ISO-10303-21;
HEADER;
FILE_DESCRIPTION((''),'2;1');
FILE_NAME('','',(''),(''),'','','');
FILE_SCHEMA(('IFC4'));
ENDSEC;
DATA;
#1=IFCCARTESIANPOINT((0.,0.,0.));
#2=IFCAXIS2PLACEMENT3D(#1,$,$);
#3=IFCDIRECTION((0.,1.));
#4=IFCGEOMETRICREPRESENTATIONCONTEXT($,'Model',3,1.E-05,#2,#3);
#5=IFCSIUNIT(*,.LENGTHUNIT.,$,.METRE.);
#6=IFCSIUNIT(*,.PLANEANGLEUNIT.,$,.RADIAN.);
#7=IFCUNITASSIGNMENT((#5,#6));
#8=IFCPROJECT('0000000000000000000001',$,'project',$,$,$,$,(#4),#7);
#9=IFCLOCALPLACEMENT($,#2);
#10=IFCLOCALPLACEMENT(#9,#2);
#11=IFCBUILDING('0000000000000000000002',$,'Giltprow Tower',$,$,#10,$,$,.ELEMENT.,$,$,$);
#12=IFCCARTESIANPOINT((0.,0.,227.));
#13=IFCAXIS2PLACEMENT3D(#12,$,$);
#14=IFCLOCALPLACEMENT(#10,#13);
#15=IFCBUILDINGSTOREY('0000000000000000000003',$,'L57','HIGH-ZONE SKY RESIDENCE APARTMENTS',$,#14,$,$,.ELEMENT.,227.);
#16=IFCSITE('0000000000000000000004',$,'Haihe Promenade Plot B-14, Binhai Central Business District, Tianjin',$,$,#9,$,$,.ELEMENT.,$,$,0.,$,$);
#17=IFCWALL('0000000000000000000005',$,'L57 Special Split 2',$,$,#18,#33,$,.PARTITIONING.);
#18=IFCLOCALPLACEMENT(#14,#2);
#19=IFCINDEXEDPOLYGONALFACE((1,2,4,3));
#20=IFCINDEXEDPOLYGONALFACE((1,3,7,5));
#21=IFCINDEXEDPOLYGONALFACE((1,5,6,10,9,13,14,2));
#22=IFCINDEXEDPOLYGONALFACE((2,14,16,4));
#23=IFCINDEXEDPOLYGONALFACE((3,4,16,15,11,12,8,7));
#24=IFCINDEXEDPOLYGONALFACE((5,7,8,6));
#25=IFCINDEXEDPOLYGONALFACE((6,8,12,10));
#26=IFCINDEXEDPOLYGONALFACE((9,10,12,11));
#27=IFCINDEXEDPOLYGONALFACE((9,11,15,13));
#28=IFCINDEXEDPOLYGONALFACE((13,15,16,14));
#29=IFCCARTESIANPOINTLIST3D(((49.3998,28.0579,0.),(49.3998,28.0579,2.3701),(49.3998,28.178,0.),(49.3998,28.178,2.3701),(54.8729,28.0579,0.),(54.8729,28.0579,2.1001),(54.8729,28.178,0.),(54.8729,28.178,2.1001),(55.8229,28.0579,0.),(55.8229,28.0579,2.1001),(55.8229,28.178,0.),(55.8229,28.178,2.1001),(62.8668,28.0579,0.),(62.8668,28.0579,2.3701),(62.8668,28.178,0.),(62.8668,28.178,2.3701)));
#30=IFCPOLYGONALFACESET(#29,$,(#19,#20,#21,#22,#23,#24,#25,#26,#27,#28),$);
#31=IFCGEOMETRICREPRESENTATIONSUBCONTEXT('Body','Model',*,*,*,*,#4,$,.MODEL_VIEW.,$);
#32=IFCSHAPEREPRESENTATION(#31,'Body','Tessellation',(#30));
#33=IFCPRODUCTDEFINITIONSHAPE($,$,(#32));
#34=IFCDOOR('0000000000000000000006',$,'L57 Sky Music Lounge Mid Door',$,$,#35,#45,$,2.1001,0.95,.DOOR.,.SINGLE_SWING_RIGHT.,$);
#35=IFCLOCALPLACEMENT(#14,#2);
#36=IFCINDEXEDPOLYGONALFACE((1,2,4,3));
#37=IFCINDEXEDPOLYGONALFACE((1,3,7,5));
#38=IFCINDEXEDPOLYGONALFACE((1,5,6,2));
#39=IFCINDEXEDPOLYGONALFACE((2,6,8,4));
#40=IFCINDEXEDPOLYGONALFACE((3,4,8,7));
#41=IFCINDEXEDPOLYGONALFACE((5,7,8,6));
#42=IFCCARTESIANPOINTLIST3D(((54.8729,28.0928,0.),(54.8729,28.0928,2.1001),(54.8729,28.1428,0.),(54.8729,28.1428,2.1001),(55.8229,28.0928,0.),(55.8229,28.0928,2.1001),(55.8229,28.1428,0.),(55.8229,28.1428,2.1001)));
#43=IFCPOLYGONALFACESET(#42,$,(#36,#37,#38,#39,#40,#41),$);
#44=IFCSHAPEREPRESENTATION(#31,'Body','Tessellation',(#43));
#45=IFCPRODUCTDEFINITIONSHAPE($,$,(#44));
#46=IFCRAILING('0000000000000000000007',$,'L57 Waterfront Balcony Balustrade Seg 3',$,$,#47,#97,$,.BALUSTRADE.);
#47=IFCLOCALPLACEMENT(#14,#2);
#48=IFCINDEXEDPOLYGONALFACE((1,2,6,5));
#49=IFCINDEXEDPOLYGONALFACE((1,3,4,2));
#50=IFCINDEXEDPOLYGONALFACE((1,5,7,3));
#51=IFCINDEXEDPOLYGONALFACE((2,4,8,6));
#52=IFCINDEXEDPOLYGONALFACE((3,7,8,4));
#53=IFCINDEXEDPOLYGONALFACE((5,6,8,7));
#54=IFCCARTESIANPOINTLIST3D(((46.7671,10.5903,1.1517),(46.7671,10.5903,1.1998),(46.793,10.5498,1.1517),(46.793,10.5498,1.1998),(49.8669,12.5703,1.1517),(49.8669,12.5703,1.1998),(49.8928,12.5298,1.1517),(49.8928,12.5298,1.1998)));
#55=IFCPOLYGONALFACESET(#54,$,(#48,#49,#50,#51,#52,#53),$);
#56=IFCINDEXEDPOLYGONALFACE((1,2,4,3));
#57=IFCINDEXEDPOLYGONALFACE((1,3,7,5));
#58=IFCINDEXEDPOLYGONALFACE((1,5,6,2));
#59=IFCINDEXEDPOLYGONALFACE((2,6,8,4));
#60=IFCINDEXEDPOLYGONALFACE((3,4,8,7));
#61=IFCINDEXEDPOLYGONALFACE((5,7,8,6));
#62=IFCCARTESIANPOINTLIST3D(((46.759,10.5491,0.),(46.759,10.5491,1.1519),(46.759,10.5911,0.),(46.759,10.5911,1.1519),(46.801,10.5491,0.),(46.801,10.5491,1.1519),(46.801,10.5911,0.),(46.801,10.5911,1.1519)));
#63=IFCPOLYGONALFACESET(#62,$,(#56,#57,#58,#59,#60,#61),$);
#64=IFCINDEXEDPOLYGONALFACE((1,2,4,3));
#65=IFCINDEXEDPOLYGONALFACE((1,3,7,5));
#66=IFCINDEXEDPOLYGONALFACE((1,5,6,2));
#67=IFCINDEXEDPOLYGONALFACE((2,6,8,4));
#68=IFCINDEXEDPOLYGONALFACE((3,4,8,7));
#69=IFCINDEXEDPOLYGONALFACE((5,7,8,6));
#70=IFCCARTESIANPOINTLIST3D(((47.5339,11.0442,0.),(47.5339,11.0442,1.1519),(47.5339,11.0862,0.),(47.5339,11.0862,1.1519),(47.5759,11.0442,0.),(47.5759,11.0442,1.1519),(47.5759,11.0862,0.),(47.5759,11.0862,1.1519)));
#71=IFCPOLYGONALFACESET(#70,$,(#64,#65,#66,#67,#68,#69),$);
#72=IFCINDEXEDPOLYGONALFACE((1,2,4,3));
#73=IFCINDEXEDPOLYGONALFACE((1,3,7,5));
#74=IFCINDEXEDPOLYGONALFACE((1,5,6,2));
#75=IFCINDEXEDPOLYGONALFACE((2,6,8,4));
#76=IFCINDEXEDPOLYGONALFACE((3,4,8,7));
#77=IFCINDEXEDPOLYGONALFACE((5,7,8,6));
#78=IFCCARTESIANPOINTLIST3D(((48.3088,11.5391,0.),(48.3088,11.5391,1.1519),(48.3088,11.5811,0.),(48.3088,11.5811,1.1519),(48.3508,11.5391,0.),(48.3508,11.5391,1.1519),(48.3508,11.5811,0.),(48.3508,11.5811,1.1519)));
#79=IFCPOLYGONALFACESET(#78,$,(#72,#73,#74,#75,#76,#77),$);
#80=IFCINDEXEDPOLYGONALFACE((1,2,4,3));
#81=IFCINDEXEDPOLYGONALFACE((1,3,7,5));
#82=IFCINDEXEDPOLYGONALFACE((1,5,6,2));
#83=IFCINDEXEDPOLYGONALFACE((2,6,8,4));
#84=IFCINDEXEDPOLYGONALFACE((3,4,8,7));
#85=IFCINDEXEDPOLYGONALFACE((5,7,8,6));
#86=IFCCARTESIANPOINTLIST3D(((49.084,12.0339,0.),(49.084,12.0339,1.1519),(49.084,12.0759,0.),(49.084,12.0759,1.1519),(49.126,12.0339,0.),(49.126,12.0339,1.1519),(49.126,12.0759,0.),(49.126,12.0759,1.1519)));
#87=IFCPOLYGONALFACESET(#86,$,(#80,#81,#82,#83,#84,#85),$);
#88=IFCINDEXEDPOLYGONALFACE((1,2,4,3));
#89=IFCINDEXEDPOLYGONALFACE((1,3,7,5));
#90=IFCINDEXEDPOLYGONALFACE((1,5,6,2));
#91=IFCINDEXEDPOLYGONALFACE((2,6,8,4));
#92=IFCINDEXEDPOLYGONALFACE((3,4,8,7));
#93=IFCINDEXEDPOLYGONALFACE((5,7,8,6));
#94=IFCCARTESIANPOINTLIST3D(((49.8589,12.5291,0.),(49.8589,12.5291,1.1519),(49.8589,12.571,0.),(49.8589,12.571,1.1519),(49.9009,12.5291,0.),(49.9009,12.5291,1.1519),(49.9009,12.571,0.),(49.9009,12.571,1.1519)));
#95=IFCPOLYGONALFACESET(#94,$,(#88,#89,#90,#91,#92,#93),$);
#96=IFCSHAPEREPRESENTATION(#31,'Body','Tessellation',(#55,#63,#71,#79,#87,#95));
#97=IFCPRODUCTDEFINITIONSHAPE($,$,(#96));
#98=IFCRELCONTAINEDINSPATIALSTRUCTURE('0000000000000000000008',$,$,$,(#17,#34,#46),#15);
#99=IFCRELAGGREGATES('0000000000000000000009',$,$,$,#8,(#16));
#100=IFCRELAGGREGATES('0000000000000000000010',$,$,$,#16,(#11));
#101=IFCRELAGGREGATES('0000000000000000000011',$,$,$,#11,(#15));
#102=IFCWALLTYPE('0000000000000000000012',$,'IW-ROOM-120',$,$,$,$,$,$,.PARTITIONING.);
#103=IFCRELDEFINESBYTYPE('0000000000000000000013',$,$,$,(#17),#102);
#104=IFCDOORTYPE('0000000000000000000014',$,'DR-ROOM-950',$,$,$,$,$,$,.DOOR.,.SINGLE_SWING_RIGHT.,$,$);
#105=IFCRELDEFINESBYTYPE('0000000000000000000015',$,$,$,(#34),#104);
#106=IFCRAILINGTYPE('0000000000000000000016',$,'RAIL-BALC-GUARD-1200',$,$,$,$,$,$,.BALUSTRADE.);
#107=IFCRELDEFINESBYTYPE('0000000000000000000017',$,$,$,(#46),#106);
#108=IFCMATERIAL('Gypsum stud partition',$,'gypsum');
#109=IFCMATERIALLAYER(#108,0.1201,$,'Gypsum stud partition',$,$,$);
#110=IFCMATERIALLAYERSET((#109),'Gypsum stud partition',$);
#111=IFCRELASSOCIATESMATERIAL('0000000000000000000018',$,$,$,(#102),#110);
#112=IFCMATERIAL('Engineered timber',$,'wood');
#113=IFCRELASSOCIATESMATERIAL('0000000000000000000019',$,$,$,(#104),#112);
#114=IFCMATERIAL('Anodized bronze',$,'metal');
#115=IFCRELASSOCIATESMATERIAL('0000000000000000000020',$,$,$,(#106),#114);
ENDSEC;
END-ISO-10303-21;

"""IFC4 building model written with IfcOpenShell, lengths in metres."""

from ifc_helpers import new_model, si_unit, direction, frame, frame_2d, origin, origin_2d, place, context, subcontext, project, spatial, rectangle, extrude, source, transform, mapped, material, layer, layer_set, type_object, element, fill, save


model = new_model("IFC4")

# Units and contexts
model_context = context("Model", 3, precision=1e-05, world=origin(), true_north=direction((0.0, 1.0)))
body_context = subcontext(model_context, "Body", "Model", "MODEL_VIEW")
ifc_project = project(units=[si_unit("LENGTHUNIT", "METRE"), si_unit("PLANEANGLEUNIT", "RADIAN")], contexts=[model_context])

# Site, building, storey
site_placement = place(None, origin())
site = spatial("IfcSite", under=ifc_project, at=site_placement, Name="Haihe Promenade Plot B-14, Binhai Central Business District, Tianjin", CompositionType="ELEMENT", RefElevation=0.0)
building_placement = place(site_placement, origin())
building = spatial("IfcBuilding", under=site, at=building_placement, Name="Giltprow Tower", CompositionType="ELEMENT")
storey_placement = place(building_placement, frame((0.0, 0.0, 227.0)))
storey = spatial("IfcBuildingStorey", under=building, at=storey_placement, Name="L57", Description="HIGH-ZONE SKY RESIDENCE APARTMENTS", CompositionType="ELEMENT", Elevation=227.0)

# Shared definitions
ifc_material_1 = material(Name="Gypsum stud partition", Category="gypsum")

# Wall, opening, door
ifc_layer_1 = layer(ifc_material_1, 0.1201, Name="Gypsum stud partition")
ifc_layer_set_1 = layer_set([ifc_layer_1], Name="Gypsum stud partition")
wall_type_1 = type_object("IfcWallType", Name="IW-ROOM-120", PredefinedType="PARTITIONING", material=ifc_layer_set_1)
ifc_material_2 = material(Name="Engineered timber", Category="wood")
door_type_1 = type_object("IfcDoorType", Name="DR-ROOM-950", OperationType="SINGLE_SWING_RIGHT", PredefinedType="DOOR", material=ifc_material_2)
shared_shape_1 = source(origin(), body_context, "Body", "SweptSolid", [
    extrude(rectangle(XDim=0.95, YDim=2.1001, at=frame_2d((0.4751, 1.05))), frame((0.0, 0.0249, 0.0), z_axis=(0.0, -1.0, 0.0), x_axis=(1.0, 0.0, 0.0)), (0.0, 0.0, 1.0), 0.05),
])
wall_1_placement = place(storey_placement, frame((49.3999, 28.1179, 0.0), z_axis=(0.0, 0.0, 1.0), x_axis=(1.0, 0.0, 0.0)))
wall_1 = element("IfcWall", 1, at=wall_1_placement, inside=storey, type_object=wall_type_1, Name="L57 Special Split 2", PredefinedType="PARTITIONING", context=body_context, shape_type="SweptSolid", body=[
    extrude(rectangle(XDim=13.467, YDim=0.1201, at=frame_2d((6.7334, 0.0))), origin(), (0.0, 0.0, 1.0), 2.3701),
])
opening_1_placement = place(wall_1_placement, frame((5.4729, 0.0, 0.0)))
opening_1 = element("IfcOpeningElement", 2, at=opening_1_placement, cuts=wall_1, PredefinedType="OPENING", context=body_context, shape_type="SweptSolid", body=[
    extrude(rectangle(XDim=0.95, YDim=2.1001, at=frame_2d((0.4751, 1.05))), frame((0.0, 0.0701, 0.0), z_axis=(0.0, -1.0, 0.0), x_axis=(1.0, 0.0, 0.0)), (0.0, 0.0, 1.0), 0.1401),
])
door_1_placement = place(opening_1_placement, origin())
door_1 = element("IfcDoor", 3, at=door_1_placement, inside=storey, type_object=door_type_1, Name="L57 Sky Music Lounge Mid Door", OperationType="SINGLE_SWING_RIGHT", OverallHeight=2.1001, OverallWidth=0.95, PredefinedType="DOOR", context=body_context, shape_type="MappedRepresentation", body=[
    mapped(shared_shape_1, transform((0.0, 0.0, 0.0), x_axis=(1.0, 0.0, 0.0), y_axis=(0.0, 1.0, 0.0), z_axis=(0.0, 0.0, 1.0), scale=1.0)),
])
fill(opening_1, door_1)

# Railing
ifc_material_3 = material(Name="Anodized bronze", Category="metal")
railing_type = type_object("IfcRailingType", Name="RAIL-BALC-GUARD-1200", PredefinedType="BALUSTRADE", material=ifc_material_3)
railing_1_placement = place(storey_placement, frame((46.78, 10.5701, 0.0)))
element("IfcRailing", 4, at=railing_1_placement, inside=storey, type_object=railing_type, Name="L57 Waterfront Balcony Balustrade Seg 3", PredefinedType="BALUSTRADE", context=body_context, shape_type="SweptSolid", body=[
    extrude(rectangle(XDim=0.0481, YDim=0.0481, at=origin_2d()), frame((0.0, 0.0, 1.1758), z_axis=(0.842756, 0.538296, 0.0), x_axis=(-0.538296, 0.842756, 0.0)), (0.0, 0.0, 1.0), 3.6782),
    extrude(rectangle(XDim=0.042, YDim=0.042, at=origin_2d()), origin(), (0.0, 0.0, 1.0), 1.1519),
    extrude(rectangle(XDim=0.042, YDim=0.042, at=origin_2d()), frame((0.7749, 0.4951, 0.0)), (0.0, 0.0, 1.0), 1.1519),
    extrude(rectangle(XDim=0.042, YDim=0.042, at=origin_2d()), frame((1.5498, 0.99, 0.0)), (0.0, 0.0, 1.0), 1.1519),
    extrude(rectangle(XDim=0.042, YDim=0.042, at=origin_2d()), frame((2.325, 1.4849, 0.0)), (0.0, 0.0, 1.0), 1.1519),
    extrude(rectangle(XDim=0.042, YDim=0.042, at=origin_2d()), frame((3.0999, 1.98, 0.0)), (0.0, 0.0, 1.0), 1.1519),
])

save(model, "model.ifc")
